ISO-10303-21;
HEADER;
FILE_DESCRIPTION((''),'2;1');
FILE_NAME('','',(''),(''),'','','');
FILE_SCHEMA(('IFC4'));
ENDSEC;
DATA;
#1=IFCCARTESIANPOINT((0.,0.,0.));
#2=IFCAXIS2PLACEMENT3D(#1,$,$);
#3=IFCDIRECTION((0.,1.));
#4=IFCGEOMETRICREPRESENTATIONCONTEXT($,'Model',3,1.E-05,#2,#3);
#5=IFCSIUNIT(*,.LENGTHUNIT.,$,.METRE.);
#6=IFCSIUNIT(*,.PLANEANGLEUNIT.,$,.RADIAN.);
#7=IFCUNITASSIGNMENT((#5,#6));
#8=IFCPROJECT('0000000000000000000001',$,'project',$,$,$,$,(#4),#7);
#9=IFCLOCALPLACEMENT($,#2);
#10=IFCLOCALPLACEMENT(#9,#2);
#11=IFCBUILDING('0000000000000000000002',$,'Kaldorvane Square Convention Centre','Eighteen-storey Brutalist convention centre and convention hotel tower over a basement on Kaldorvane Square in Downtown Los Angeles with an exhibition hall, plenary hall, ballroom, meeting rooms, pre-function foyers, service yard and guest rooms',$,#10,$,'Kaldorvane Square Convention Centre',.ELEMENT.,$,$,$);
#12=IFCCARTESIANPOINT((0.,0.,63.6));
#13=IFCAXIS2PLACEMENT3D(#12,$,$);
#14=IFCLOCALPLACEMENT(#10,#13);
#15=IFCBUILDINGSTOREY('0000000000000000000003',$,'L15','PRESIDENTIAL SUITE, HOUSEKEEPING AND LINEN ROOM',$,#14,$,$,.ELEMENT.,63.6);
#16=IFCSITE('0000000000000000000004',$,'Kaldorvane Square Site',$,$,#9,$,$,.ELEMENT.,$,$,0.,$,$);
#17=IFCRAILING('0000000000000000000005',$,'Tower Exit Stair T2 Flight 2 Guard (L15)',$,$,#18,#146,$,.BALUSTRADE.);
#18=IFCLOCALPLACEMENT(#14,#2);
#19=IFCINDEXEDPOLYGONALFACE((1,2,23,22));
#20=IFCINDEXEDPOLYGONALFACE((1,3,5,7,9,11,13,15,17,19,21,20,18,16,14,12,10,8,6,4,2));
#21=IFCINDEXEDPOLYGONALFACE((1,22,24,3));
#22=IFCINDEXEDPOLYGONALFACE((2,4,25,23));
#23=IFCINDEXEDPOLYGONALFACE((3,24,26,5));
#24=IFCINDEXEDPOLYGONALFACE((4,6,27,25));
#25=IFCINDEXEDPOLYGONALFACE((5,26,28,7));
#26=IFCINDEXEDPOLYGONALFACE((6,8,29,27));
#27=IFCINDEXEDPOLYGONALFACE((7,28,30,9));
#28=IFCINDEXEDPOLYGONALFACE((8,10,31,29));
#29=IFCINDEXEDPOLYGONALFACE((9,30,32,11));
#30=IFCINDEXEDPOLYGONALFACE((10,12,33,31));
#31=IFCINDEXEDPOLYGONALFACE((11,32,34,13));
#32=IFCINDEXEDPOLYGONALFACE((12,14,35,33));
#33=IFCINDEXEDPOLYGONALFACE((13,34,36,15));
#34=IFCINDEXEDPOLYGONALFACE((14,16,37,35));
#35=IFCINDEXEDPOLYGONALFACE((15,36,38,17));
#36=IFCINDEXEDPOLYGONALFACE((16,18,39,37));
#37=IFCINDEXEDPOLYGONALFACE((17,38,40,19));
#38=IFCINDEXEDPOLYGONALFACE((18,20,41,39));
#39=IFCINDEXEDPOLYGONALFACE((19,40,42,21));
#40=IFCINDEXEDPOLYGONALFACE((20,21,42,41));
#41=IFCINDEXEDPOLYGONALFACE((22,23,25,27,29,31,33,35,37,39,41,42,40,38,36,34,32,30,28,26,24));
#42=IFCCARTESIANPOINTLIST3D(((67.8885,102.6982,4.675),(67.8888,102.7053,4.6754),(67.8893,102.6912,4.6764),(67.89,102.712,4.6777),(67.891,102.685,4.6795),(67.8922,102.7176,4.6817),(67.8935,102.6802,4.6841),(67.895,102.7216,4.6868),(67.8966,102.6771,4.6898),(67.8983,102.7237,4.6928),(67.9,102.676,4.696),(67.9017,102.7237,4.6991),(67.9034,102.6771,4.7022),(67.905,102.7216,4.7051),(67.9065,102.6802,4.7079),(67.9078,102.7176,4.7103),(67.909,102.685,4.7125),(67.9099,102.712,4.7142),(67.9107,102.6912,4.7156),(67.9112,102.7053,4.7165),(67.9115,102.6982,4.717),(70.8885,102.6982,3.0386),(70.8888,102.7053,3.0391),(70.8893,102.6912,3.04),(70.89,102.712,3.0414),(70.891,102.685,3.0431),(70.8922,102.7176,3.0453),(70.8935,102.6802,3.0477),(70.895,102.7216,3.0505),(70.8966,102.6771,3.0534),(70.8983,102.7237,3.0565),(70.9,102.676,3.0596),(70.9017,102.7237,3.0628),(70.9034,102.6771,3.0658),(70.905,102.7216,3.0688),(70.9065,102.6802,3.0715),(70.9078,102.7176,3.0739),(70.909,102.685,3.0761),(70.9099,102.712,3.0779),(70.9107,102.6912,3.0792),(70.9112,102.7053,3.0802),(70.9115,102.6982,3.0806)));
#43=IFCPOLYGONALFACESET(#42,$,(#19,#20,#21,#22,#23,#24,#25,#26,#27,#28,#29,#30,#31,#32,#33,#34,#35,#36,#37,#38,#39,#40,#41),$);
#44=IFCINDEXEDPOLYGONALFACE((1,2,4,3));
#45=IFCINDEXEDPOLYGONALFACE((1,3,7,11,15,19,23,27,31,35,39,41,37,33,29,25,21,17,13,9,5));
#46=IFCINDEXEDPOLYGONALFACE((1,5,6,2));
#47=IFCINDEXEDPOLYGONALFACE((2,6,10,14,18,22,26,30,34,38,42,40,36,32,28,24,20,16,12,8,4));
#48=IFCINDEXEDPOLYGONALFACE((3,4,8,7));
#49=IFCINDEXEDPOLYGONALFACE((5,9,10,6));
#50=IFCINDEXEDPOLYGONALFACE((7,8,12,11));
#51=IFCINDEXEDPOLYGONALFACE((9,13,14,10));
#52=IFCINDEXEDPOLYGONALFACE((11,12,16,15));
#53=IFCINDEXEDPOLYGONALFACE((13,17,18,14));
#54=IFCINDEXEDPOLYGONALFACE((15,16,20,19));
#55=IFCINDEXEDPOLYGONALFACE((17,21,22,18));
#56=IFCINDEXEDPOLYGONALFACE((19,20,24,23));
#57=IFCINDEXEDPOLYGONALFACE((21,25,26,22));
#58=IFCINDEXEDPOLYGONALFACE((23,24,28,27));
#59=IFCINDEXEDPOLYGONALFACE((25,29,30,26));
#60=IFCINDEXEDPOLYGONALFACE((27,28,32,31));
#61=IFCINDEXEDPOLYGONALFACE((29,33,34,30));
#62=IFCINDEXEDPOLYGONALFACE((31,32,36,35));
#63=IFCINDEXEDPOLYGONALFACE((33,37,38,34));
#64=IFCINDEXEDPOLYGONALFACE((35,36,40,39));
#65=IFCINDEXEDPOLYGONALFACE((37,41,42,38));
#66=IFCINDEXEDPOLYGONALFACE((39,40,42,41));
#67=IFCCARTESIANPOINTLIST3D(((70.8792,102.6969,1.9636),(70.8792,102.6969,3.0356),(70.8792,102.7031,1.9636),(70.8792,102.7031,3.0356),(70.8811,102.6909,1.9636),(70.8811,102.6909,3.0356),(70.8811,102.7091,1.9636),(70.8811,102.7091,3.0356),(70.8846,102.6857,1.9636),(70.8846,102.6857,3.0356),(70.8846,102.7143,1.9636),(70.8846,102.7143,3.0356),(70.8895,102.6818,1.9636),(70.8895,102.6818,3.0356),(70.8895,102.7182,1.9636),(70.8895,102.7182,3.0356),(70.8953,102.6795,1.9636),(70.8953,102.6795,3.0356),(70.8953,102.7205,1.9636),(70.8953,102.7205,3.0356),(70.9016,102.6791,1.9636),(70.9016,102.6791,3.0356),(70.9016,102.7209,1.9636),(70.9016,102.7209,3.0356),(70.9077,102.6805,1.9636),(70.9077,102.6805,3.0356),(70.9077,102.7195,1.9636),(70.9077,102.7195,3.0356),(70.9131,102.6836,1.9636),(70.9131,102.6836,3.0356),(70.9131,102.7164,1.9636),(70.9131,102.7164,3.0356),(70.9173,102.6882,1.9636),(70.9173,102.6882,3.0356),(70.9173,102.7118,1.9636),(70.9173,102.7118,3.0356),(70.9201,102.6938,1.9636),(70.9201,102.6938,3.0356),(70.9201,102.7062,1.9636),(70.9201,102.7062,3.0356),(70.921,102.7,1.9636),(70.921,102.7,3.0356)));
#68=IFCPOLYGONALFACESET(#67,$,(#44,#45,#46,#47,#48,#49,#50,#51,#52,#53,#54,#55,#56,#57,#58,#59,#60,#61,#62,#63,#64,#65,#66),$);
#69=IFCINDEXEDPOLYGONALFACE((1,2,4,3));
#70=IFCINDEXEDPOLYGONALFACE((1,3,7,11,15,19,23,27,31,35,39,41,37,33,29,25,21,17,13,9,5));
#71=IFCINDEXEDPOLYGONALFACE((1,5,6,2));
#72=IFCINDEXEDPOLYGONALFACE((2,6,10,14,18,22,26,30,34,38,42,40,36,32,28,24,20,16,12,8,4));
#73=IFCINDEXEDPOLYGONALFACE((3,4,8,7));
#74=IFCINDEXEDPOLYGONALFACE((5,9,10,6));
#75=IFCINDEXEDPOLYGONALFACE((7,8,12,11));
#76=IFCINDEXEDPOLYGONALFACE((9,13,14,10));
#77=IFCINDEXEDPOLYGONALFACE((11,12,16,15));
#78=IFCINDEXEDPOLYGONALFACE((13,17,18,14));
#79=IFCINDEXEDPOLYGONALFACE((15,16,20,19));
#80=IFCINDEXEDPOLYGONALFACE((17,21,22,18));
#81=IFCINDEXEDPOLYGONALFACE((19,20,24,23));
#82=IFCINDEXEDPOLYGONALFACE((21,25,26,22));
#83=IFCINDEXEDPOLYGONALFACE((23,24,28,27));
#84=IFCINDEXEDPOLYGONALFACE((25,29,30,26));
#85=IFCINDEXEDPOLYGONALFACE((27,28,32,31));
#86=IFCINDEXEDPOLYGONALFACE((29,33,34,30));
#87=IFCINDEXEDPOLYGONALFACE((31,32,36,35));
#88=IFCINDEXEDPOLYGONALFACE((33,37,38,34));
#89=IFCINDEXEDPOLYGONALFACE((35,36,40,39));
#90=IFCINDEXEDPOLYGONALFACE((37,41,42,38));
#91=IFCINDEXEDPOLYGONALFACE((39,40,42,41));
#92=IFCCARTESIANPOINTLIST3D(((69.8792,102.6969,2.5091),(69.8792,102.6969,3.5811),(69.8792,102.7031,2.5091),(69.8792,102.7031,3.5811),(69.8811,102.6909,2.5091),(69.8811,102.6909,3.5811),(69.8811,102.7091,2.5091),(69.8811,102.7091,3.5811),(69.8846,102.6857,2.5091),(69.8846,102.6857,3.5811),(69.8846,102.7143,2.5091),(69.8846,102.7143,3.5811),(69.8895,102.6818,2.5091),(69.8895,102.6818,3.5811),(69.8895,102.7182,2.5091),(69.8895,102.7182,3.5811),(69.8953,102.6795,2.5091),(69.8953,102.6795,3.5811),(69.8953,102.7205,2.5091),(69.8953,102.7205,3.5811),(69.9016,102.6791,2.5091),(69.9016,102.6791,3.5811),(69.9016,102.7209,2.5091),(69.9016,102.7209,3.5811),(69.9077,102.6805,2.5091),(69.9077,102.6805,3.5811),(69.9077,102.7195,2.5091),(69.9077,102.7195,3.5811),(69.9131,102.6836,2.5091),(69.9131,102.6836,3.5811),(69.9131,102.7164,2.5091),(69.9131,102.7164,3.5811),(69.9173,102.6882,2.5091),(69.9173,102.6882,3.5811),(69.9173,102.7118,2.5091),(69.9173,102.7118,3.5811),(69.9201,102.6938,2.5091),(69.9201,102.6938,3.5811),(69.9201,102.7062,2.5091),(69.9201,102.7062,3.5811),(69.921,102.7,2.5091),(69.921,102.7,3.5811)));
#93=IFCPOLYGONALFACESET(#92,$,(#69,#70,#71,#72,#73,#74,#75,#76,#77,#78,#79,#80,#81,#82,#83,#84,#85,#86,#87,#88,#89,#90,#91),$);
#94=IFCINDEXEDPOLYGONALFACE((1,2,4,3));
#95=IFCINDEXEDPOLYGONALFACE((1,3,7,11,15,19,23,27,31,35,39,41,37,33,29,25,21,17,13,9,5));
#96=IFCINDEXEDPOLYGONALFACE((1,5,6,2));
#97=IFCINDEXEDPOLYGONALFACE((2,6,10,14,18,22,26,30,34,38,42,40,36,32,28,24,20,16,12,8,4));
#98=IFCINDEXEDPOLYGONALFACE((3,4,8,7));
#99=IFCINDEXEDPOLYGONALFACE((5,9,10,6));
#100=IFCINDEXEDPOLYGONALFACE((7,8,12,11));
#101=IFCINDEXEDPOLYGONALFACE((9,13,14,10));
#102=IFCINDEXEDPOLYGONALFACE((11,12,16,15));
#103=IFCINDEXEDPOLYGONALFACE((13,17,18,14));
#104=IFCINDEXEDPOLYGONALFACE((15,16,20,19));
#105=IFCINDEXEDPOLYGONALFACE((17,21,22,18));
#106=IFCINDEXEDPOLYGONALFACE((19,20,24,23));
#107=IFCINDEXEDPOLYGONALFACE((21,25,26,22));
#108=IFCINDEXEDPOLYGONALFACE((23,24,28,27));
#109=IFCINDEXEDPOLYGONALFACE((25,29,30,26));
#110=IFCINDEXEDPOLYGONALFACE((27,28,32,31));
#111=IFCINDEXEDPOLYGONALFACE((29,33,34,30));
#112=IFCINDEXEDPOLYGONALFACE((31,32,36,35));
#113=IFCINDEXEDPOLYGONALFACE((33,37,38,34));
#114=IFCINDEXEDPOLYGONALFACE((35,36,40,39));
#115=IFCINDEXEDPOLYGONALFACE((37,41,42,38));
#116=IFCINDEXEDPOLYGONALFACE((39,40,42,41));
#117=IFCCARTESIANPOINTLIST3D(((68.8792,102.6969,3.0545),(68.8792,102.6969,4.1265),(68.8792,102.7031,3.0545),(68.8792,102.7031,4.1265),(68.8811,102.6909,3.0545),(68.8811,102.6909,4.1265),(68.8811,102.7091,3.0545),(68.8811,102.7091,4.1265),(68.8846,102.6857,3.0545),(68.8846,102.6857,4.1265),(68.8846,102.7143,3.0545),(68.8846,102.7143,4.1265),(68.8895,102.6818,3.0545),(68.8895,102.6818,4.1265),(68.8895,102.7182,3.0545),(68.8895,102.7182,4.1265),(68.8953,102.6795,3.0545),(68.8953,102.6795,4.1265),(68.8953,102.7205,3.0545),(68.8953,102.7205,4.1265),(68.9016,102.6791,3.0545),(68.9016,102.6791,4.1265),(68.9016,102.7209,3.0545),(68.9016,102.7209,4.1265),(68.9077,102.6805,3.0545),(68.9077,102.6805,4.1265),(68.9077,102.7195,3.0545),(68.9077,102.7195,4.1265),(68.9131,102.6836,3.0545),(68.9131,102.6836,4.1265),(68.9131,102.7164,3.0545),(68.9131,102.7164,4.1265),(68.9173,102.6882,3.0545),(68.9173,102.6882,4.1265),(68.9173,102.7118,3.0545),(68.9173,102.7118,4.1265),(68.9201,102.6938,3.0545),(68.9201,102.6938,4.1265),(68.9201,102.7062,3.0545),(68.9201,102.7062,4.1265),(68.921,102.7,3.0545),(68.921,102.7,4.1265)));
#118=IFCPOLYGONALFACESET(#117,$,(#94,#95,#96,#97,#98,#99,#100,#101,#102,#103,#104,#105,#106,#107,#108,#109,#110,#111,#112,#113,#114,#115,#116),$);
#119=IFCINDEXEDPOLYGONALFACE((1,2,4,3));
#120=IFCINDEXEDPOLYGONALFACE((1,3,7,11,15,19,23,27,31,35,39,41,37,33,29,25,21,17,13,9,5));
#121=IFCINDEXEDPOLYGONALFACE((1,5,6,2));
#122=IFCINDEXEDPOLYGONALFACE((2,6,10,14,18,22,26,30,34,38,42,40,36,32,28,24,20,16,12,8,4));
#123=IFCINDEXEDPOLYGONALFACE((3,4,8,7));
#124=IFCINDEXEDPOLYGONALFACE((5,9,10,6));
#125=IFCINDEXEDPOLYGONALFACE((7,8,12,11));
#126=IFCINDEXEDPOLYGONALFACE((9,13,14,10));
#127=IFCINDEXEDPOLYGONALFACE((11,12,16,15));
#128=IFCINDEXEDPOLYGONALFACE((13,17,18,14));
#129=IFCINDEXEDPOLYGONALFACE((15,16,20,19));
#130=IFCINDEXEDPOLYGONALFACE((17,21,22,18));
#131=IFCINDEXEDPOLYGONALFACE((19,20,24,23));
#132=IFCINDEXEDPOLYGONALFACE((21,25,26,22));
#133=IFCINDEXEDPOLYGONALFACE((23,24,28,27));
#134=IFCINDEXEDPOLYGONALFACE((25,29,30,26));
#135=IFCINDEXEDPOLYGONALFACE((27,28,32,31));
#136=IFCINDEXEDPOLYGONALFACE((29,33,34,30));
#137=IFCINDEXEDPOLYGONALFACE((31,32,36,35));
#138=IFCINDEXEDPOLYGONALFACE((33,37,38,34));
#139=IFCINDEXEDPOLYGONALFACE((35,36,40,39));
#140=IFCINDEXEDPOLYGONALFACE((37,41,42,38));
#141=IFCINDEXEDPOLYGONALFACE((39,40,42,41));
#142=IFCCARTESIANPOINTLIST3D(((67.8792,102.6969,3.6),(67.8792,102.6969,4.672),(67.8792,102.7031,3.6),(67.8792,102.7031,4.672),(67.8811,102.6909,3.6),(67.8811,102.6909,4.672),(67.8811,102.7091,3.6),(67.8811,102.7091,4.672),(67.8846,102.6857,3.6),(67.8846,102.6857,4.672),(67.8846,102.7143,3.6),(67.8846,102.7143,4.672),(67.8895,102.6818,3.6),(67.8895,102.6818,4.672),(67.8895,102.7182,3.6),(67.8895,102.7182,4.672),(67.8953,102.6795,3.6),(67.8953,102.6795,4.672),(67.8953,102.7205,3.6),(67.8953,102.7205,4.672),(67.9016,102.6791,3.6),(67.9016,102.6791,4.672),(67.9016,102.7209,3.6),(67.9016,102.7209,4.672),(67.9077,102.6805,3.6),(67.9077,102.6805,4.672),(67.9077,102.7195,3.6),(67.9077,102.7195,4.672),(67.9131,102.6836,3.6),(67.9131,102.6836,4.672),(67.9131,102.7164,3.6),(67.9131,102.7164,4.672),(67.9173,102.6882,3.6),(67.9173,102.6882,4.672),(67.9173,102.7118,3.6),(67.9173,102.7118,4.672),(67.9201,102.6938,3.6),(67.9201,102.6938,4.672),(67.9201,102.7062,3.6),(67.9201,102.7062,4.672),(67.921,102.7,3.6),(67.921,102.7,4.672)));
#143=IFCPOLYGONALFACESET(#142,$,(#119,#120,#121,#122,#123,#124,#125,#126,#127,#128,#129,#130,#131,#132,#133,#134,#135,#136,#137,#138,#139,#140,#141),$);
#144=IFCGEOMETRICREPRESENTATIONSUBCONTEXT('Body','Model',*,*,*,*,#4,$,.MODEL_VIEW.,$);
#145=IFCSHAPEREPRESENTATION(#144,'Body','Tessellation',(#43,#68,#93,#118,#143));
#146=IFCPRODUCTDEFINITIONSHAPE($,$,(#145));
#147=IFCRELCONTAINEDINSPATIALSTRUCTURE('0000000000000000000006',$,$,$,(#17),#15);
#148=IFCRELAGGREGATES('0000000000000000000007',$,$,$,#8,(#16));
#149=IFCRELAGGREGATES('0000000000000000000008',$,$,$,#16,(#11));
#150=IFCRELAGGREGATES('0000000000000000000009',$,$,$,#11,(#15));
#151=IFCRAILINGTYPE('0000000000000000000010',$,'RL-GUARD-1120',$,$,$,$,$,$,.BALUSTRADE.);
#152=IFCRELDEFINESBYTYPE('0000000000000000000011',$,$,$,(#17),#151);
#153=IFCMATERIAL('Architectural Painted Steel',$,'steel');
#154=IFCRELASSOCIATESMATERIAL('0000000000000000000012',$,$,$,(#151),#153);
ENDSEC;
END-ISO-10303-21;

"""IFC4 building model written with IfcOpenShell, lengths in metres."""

from ifc_helpers import new_model, si_unit, direction, frame, origin, origin_2d, place, context, subcontext, project, spatial, circle, extrude, material, type_object, element, save


model = new_model("IFC4")

# Units and contexts
model_context = context("Model", 3, precision=1e-05, world=origin(), true_north=direction((0.0, 1.0)))
body_context = subcontext(model_context, "Body", "Model", "MODEL_VIEW")
ifc_project = project(units=[si_unit("LENGTHUNIT", "METRE"), si_unit("PLANEANGLEUNIT", "RADIAN")], contexts=[model_context])

# Site, building, storey
site_placement = place(None, origin())
site = spatial("IfcSite", under=ifc_project, at=site_placement, Name="Kaldorvane Square Site", CompositionType="ELEMENT", RefElevation=0.0)
building_placement = place(site_placement, origin())
building = spatial("IfcBuilding", under=site, at=building_placement, Name="Kaldorvane Square Convention Centre", Description="Eighteen-storey Brutalist convention centre and convention hotel tower over a basement on Kaldorvane Square in Downtown Los Angeles with an exhibition hall, plenary hall, ballroom, meeting rooms, pre-function foyers, service yard and guest rooms", LongName="Kaldorvane Square Convention Centre", CompositionType="ELEMENT")
storey_placement = place(building_placement, frame((0.0, 0.0, 63.6)))
storey = spatial("IfcBuildingStorey", under=building, at=storey_placement, Name="L15", Description="PRESIDENTIAL SUITE, HOUSEKEEPING AND LINEN ROOM", CompositionType="ELEMENT", Elevation=63.6)

# Railing
ifc_material_1 = material(Name="Architectural Painted Steel", Category="steel")
railing_type = type_object("IfcRailingType", Name="RL-GUARD-1120", PredefinedType="BALUSTRADE", material=ifc_material_1)
railing_1_placement = place(storey_placement, frame((70.9, 102.7, 1.9636)))
element("IfcRailing", 1, at=railing_1_placement, inside=storey, type_object=railing_type, Name="Tower Exit Stair T2 Flight 2 Guard (L15)", PredefinedType="BALUSTRADE", context=body_context, shape_type="SweptSolid", body=[
    extrude(circle(Radius=0.024, at=origin_2d()), frame((0.0, 0.0, 1.096), z_axis=(-0.877895, 0.0, 0.478853), x_axis=(0.0, -1.0, 0.0)), (0.0, 0.0, 1.0), 3.4173),
    extrude(circle(Radius=0.021, at=origin_2d()), origin(), (0.0, 0.0, 1.0), 1.072),
    extrude(circle(Radius=0.021, at=origin_2d()), frame((-1.0, 0.0, 0.5455)), (0.0, 0.0, 1.0), 1.072),
    extrude(circle(Radius=0.021, at=origin_2d()), frame((-2.0, 0.0, 1.0909)), (0.0, 0.0, 1.0), 1.072),
    extrude(circle(Radius=0.021, at=origin_2d()), frame((-3.0, 0.0, 1.6364)), (0.0, 0.0, 1.0), 1.072),
])

save(model, "model.ifc")
